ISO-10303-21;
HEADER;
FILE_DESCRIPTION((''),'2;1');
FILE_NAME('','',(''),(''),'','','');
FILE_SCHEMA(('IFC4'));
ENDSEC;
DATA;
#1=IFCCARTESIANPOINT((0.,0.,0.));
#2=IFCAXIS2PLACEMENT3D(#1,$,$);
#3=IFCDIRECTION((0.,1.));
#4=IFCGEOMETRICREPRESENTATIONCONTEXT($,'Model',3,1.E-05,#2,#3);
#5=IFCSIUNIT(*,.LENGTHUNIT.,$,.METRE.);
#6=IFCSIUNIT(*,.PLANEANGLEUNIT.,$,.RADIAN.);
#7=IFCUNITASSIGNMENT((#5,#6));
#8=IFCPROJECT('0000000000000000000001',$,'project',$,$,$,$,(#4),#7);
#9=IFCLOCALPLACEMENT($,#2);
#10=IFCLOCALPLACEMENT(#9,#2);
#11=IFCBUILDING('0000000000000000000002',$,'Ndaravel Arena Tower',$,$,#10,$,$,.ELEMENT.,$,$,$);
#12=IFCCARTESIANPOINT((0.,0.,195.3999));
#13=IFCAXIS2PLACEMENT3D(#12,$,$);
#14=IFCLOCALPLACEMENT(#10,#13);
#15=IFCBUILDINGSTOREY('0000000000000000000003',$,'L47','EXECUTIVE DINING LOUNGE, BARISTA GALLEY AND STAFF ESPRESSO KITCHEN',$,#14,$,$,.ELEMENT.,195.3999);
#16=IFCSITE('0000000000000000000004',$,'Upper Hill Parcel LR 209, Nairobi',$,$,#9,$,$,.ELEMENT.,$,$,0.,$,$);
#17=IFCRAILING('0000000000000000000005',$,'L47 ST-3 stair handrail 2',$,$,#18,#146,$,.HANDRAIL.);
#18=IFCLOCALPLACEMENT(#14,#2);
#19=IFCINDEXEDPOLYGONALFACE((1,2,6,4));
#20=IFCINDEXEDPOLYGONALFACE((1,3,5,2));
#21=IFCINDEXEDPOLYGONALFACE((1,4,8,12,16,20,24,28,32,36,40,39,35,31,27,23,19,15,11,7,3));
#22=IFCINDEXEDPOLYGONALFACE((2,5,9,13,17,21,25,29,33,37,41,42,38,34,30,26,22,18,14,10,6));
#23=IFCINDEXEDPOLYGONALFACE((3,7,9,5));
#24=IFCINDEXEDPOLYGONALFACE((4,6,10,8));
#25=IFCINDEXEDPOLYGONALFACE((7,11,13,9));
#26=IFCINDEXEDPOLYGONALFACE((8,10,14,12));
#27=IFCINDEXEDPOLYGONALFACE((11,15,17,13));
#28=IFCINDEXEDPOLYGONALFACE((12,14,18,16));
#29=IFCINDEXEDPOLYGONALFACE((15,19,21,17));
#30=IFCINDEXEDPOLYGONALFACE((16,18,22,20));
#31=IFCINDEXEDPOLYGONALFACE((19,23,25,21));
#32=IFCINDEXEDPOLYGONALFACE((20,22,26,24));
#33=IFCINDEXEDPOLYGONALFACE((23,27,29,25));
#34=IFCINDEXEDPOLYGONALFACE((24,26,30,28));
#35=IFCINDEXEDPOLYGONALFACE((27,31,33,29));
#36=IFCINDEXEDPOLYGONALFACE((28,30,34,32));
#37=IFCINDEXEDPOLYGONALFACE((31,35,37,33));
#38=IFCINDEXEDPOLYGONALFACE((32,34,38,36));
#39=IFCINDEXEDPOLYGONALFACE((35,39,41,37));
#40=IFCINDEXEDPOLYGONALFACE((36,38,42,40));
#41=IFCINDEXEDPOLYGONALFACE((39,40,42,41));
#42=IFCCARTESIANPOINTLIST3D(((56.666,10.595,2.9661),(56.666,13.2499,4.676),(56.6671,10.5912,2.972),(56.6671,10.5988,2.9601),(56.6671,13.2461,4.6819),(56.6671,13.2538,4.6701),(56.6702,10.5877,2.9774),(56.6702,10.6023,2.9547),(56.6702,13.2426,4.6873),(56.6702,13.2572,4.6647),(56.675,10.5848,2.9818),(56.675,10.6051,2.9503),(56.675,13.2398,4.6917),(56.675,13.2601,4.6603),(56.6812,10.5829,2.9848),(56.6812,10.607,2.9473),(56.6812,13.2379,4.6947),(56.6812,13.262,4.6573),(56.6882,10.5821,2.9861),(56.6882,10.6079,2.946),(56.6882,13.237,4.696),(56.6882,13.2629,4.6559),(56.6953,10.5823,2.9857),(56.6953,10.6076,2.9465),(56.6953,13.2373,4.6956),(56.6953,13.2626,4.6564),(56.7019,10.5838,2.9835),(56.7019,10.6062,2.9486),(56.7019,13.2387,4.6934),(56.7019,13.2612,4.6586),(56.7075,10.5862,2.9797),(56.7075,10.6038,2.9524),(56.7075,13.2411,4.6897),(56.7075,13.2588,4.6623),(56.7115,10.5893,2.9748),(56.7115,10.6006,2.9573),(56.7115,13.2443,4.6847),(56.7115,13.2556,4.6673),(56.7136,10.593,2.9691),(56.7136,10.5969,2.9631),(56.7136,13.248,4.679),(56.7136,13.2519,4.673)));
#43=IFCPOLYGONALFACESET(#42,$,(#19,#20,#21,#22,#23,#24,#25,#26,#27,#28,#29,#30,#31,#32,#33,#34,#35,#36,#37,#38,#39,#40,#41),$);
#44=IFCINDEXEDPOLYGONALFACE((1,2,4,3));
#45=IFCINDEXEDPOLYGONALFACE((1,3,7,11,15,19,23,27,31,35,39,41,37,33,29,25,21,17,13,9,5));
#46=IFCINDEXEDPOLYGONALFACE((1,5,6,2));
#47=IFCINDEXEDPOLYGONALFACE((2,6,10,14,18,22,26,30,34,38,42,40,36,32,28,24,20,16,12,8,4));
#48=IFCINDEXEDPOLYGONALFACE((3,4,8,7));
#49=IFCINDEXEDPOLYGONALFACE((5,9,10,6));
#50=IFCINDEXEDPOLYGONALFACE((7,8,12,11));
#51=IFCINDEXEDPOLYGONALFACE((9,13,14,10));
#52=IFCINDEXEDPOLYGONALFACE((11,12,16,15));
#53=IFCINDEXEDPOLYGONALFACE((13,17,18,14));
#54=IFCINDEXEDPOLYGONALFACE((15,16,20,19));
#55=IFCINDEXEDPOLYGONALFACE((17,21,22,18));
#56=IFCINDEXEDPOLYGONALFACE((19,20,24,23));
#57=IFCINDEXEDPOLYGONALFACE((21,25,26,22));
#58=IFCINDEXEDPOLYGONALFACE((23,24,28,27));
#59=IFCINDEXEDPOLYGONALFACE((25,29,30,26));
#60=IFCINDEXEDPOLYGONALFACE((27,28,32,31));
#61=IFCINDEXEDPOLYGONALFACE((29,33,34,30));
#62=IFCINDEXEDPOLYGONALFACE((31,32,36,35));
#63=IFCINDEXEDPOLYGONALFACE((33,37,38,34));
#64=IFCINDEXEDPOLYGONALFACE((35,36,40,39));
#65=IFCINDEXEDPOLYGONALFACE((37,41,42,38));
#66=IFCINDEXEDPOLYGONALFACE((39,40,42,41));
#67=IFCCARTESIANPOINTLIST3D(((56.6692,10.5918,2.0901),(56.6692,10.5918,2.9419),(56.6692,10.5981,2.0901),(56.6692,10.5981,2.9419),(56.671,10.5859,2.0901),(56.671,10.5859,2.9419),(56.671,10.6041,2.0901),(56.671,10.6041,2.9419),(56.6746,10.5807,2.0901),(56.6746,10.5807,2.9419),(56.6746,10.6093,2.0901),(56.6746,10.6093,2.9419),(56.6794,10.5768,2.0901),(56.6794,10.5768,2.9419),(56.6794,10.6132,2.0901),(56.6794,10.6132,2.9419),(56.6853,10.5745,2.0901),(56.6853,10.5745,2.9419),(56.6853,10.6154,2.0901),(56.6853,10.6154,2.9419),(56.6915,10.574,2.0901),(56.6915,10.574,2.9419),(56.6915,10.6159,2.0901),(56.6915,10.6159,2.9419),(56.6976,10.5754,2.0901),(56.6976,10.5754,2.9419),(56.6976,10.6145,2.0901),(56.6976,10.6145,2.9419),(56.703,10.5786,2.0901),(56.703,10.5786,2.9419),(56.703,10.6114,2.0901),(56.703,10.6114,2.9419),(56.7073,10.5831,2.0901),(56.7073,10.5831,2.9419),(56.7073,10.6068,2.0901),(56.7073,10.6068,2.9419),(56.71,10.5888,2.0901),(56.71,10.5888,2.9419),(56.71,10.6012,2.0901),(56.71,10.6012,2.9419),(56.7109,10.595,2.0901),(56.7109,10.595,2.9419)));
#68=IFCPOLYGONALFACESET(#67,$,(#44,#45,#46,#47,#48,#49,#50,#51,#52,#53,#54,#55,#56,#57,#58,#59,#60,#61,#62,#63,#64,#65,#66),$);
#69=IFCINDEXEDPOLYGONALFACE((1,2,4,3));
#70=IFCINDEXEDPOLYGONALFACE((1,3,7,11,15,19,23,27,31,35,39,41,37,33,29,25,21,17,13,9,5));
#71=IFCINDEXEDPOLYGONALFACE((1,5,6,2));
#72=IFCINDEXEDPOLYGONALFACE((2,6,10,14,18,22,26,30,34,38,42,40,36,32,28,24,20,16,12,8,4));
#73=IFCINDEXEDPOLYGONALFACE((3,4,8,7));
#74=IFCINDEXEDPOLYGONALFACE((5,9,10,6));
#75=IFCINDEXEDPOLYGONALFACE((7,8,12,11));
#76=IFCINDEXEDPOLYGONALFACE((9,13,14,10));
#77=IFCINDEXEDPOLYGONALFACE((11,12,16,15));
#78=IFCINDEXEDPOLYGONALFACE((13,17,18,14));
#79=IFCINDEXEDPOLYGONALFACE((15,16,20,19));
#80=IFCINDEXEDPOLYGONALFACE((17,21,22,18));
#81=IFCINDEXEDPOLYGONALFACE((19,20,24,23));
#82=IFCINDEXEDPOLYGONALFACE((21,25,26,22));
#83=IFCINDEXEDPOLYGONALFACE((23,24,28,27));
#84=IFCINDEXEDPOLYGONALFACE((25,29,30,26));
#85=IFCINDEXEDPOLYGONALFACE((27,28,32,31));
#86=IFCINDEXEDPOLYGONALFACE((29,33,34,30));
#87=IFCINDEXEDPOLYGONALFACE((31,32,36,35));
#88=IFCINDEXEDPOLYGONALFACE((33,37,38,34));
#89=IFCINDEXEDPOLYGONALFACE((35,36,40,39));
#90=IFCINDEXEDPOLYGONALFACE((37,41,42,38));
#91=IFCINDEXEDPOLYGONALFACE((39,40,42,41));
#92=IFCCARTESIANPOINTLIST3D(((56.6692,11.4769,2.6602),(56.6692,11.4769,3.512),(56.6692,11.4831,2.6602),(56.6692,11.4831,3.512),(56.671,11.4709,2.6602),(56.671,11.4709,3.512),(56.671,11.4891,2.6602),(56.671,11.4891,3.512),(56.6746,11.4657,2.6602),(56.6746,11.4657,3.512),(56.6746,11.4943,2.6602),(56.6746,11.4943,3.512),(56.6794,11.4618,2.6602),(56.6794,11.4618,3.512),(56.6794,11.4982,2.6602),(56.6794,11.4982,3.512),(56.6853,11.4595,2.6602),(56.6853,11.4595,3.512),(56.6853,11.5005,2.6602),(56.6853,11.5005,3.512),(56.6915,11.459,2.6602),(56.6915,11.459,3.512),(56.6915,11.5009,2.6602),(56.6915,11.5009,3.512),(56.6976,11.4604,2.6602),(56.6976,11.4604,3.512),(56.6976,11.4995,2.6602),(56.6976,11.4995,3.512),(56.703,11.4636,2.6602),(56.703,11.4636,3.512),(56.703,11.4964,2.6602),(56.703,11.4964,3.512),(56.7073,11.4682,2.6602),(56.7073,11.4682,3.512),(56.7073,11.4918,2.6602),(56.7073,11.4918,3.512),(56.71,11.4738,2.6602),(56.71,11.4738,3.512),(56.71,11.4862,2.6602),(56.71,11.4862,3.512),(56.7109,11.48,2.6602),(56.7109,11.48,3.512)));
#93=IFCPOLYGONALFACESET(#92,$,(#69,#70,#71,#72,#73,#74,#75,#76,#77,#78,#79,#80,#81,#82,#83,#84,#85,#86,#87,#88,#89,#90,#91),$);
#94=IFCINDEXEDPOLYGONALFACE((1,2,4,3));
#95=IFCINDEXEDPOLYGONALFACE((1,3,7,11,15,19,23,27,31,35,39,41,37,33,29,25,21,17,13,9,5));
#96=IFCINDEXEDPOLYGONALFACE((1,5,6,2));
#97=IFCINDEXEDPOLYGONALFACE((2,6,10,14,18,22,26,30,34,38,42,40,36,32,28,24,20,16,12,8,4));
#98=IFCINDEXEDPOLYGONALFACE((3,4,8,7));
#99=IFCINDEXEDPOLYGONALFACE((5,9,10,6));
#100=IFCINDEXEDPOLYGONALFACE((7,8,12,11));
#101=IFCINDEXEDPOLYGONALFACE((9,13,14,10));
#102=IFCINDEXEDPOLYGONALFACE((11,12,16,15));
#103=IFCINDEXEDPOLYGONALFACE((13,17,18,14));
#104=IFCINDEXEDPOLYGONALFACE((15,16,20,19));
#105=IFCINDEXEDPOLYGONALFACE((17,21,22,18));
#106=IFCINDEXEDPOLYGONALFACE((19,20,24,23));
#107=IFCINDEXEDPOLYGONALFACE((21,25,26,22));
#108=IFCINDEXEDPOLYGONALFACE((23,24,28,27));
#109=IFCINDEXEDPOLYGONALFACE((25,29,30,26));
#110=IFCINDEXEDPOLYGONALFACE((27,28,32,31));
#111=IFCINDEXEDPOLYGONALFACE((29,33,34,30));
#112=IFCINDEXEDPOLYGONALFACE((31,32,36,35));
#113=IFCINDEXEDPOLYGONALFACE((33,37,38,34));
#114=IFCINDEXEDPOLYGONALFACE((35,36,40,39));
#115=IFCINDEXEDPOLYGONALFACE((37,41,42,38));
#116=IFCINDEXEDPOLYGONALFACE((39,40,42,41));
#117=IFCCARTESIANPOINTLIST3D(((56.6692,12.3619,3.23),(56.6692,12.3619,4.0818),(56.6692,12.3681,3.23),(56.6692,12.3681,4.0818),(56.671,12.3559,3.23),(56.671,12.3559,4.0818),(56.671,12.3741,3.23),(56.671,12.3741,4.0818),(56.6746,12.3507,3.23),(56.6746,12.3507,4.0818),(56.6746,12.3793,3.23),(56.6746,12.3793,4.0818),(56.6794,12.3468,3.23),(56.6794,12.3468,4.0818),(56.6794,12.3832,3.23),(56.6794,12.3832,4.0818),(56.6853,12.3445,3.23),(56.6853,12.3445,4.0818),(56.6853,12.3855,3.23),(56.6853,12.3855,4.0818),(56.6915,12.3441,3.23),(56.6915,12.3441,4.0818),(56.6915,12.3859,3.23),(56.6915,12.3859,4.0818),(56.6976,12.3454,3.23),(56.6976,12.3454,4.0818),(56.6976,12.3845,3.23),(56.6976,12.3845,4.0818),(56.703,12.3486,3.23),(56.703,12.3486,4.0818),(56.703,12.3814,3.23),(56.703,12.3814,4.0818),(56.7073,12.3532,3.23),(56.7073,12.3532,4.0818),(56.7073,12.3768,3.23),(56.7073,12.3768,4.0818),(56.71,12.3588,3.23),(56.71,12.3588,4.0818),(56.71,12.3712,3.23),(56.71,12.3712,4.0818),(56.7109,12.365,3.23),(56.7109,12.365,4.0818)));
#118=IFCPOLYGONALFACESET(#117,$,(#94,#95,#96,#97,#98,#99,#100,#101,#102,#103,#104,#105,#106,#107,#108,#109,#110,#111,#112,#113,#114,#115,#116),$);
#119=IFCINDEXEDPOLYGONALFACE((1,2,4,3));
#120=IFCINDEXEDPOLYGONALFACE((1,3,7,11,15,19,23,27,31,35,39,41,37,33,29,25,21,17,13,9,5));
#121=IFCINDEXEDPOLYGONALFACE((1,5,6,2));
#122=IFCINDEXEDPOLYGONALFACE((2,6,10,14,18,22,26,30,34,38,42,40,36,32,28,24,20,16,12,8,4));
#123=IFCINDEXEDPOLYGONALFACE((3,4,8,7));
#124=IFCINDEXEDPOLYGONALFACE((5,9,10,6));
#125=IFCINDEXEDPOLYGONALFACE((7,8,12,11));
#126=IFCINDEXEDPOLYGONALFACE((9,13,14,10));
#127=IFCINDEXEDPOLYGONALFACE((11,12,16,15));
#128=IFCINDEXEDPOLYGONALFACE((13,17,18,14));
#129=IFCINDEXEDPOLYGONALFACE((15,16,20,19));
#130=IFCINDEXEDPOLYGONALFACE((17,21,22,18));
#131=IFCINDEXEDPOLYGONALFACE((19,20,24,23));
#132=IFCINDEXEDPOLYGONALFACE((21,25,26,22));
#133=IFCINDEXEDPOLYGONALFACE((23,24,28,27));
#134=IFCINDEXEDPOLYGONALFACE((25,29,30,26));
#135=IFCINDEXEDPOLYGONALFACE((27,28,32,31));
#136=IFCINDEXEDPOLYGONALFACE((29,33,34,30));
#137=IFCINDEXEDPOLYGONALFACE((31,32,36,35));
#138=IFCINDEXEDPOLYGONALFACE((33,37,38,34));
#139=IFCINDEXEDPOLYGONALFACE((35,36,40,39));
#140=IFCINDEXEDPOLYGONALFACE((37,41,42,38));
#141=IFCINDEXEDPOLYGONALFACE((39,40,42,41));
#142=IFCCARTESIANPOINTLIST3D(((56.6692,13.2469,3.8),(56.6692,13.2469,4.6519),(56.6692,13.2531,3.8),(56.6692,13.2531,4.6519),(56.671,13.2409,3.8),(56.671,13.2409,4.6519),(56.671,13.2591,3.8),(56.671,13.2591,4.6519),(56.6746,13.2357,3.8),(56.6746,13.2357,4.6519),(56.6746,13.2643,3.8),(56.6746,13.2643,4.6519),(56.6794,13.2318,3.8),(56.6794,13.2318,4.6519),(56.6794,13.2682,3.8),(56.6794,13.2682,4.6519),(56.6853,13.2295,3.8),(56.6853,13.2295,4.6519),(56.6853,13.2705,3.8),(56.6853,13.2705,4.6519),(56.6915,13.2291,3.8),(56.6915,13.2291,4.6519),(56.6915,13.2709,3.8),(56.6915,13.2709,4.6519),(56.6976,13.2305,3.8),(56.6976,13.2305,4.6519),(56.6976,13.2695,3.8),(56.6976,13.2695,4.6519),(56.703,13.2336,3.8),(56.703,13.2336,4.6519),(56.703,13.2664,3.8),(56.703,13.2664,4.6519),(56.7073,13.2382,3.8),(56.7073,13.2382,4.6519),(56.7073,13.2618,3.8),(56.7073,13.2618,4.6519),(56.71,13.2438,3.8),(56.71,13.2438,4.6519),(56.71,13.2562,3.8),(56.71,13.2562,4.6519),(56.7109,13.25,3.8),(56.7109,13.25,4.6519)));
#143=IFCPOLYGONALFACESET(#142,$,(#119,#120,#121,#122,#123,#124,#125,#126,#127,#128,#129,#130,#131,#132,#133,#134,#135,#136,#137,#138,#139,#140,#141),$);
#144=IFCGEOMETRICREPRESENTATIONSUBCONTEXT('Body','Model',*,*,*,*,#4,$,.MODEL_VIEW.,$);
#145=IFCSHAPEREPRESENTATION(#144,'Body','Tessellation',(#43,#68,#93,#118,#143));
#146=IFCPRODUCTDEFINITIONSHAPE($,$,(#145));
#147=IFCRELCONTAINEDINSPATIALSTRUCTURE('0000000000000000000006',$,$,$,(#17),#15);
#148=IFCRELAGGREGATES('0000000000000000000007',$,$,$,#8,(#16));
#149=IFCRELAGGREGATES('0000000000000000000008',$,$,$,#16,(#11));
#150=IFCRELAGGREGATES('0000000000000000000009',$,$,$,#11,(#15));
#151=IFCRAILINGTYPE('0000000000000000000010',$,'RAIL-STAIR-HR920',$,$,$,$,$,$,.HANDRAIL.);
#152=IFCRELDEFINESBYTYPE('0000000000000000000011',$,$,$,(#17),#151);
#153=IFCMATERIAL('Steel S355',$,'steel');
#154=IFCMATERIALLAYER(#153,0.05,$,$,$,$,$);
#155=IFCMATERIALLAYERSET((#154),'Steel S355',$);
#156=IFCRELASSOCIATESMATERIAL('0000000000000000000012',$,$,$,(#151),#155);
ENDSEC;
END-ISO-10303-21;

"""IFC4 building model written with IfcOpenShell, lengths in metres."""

from ifc_helpers import new_model, si_unit, direction, frame, origin, origin_2d, place, context, subcontext, project, spatial, circle, extrude, material, layer, layer_set, type_object, element, save


model = new_model("IFC4")

# Units and contexts
model_context = context("Model", 3, precision=1e-05, world=origin(), true_north=direction((0.0, 1.0)))
body_context = subcontext(model_context, "Body", "Model", "MODEL_VIEW")
ifc_project = project(units=[si_unit("LENGTHUNIT", "METRE"), si_unit("PLANEANGLEUNIT", "RADIAN")], contexts=[model_context])

# Site, building, storey
site_placement = place(None, origin())
site = spatial("IfcSite", under=ifc_project, at=site_placement, Name="Upper Hill Parcel LR 209, Nairobi", CompositionType="ELEMENT", RefElevation=0.0)
building_placement = place(site_placement, origin())
building = spatial("IfcBuilding", under=site, at=building_placement, Name="Ndaravel Arena Tower", CompositionType="ELEMENT")
storey_placement = place(building_placement, frame((0.0, 0.0, 195.3999)))
storey = spatial("IfcBuildingStorey", under=building, at=storey_placement, Name="L47", Description="EXECUTIVE DINING LOUNGE, BARISTA GALLEY AND STAFF ESPRESSO KITCHEN", CompositionType="ELEMENT", Elevation=195.3999)

# Railing
ifc_material_1 = material(Name="Steel S355", Category="steel")
ifc_layer_1 = layer(ifc_material_1, 0.05)
ifc_layer_set_1 = layer_set([ifc_layer_1], Name="Steel S355")
railing_type_1 = type_object("IfcRailingType", Name="RAIL-STAIR-HR920", PredefinedType="HANDRAIL", material=ifc_layer_set_1)
railing_1_placement = place(storey_placement, frame((56.6899, 10.595, 2.0901)))
element("IfcRailing", 1, at=railing_1_placement, inside=storey, type_object=railing_type_1, Name="L47 ST-3 stair handrail 2", PredefinedType="HANDRAIL", context=body_context, shape_type="SweptSolid", body=[
    extrude(circle(Radius=0.0239, at=origin_2d()), frame((0.0, 0.0, 0.876), z_axis=(0.0, 0.840724, 0.541465), x_axis=(-1.0, 0.0, 0.0)), (0.0, 0.0, 1.0), 3.158),
    extrude(circle(Radius=0.021, at=origin_2d()), origin(), (0.0, 0.0, 1.0), 0.8518),
    extrude(circle(Radius=0.021, at=origin_2d()), frame((0.0, 0.885, 0.5701)), (0.0, 0.0, 1.0), 0.8518),
    extrude(circle(Radius=0.021, at=origin_2d()), frame((0.0, 1.77, 1.1399)), (0.0, 0.0, 1.0), 0.8518),
    extrude(circle(Radius=0.021, at=origin_2d()), frame((0.0, 2.655, 1.71)), (0.0, 0.0, 1.0), 0.8518),
])

save(model, "model.ifc")
